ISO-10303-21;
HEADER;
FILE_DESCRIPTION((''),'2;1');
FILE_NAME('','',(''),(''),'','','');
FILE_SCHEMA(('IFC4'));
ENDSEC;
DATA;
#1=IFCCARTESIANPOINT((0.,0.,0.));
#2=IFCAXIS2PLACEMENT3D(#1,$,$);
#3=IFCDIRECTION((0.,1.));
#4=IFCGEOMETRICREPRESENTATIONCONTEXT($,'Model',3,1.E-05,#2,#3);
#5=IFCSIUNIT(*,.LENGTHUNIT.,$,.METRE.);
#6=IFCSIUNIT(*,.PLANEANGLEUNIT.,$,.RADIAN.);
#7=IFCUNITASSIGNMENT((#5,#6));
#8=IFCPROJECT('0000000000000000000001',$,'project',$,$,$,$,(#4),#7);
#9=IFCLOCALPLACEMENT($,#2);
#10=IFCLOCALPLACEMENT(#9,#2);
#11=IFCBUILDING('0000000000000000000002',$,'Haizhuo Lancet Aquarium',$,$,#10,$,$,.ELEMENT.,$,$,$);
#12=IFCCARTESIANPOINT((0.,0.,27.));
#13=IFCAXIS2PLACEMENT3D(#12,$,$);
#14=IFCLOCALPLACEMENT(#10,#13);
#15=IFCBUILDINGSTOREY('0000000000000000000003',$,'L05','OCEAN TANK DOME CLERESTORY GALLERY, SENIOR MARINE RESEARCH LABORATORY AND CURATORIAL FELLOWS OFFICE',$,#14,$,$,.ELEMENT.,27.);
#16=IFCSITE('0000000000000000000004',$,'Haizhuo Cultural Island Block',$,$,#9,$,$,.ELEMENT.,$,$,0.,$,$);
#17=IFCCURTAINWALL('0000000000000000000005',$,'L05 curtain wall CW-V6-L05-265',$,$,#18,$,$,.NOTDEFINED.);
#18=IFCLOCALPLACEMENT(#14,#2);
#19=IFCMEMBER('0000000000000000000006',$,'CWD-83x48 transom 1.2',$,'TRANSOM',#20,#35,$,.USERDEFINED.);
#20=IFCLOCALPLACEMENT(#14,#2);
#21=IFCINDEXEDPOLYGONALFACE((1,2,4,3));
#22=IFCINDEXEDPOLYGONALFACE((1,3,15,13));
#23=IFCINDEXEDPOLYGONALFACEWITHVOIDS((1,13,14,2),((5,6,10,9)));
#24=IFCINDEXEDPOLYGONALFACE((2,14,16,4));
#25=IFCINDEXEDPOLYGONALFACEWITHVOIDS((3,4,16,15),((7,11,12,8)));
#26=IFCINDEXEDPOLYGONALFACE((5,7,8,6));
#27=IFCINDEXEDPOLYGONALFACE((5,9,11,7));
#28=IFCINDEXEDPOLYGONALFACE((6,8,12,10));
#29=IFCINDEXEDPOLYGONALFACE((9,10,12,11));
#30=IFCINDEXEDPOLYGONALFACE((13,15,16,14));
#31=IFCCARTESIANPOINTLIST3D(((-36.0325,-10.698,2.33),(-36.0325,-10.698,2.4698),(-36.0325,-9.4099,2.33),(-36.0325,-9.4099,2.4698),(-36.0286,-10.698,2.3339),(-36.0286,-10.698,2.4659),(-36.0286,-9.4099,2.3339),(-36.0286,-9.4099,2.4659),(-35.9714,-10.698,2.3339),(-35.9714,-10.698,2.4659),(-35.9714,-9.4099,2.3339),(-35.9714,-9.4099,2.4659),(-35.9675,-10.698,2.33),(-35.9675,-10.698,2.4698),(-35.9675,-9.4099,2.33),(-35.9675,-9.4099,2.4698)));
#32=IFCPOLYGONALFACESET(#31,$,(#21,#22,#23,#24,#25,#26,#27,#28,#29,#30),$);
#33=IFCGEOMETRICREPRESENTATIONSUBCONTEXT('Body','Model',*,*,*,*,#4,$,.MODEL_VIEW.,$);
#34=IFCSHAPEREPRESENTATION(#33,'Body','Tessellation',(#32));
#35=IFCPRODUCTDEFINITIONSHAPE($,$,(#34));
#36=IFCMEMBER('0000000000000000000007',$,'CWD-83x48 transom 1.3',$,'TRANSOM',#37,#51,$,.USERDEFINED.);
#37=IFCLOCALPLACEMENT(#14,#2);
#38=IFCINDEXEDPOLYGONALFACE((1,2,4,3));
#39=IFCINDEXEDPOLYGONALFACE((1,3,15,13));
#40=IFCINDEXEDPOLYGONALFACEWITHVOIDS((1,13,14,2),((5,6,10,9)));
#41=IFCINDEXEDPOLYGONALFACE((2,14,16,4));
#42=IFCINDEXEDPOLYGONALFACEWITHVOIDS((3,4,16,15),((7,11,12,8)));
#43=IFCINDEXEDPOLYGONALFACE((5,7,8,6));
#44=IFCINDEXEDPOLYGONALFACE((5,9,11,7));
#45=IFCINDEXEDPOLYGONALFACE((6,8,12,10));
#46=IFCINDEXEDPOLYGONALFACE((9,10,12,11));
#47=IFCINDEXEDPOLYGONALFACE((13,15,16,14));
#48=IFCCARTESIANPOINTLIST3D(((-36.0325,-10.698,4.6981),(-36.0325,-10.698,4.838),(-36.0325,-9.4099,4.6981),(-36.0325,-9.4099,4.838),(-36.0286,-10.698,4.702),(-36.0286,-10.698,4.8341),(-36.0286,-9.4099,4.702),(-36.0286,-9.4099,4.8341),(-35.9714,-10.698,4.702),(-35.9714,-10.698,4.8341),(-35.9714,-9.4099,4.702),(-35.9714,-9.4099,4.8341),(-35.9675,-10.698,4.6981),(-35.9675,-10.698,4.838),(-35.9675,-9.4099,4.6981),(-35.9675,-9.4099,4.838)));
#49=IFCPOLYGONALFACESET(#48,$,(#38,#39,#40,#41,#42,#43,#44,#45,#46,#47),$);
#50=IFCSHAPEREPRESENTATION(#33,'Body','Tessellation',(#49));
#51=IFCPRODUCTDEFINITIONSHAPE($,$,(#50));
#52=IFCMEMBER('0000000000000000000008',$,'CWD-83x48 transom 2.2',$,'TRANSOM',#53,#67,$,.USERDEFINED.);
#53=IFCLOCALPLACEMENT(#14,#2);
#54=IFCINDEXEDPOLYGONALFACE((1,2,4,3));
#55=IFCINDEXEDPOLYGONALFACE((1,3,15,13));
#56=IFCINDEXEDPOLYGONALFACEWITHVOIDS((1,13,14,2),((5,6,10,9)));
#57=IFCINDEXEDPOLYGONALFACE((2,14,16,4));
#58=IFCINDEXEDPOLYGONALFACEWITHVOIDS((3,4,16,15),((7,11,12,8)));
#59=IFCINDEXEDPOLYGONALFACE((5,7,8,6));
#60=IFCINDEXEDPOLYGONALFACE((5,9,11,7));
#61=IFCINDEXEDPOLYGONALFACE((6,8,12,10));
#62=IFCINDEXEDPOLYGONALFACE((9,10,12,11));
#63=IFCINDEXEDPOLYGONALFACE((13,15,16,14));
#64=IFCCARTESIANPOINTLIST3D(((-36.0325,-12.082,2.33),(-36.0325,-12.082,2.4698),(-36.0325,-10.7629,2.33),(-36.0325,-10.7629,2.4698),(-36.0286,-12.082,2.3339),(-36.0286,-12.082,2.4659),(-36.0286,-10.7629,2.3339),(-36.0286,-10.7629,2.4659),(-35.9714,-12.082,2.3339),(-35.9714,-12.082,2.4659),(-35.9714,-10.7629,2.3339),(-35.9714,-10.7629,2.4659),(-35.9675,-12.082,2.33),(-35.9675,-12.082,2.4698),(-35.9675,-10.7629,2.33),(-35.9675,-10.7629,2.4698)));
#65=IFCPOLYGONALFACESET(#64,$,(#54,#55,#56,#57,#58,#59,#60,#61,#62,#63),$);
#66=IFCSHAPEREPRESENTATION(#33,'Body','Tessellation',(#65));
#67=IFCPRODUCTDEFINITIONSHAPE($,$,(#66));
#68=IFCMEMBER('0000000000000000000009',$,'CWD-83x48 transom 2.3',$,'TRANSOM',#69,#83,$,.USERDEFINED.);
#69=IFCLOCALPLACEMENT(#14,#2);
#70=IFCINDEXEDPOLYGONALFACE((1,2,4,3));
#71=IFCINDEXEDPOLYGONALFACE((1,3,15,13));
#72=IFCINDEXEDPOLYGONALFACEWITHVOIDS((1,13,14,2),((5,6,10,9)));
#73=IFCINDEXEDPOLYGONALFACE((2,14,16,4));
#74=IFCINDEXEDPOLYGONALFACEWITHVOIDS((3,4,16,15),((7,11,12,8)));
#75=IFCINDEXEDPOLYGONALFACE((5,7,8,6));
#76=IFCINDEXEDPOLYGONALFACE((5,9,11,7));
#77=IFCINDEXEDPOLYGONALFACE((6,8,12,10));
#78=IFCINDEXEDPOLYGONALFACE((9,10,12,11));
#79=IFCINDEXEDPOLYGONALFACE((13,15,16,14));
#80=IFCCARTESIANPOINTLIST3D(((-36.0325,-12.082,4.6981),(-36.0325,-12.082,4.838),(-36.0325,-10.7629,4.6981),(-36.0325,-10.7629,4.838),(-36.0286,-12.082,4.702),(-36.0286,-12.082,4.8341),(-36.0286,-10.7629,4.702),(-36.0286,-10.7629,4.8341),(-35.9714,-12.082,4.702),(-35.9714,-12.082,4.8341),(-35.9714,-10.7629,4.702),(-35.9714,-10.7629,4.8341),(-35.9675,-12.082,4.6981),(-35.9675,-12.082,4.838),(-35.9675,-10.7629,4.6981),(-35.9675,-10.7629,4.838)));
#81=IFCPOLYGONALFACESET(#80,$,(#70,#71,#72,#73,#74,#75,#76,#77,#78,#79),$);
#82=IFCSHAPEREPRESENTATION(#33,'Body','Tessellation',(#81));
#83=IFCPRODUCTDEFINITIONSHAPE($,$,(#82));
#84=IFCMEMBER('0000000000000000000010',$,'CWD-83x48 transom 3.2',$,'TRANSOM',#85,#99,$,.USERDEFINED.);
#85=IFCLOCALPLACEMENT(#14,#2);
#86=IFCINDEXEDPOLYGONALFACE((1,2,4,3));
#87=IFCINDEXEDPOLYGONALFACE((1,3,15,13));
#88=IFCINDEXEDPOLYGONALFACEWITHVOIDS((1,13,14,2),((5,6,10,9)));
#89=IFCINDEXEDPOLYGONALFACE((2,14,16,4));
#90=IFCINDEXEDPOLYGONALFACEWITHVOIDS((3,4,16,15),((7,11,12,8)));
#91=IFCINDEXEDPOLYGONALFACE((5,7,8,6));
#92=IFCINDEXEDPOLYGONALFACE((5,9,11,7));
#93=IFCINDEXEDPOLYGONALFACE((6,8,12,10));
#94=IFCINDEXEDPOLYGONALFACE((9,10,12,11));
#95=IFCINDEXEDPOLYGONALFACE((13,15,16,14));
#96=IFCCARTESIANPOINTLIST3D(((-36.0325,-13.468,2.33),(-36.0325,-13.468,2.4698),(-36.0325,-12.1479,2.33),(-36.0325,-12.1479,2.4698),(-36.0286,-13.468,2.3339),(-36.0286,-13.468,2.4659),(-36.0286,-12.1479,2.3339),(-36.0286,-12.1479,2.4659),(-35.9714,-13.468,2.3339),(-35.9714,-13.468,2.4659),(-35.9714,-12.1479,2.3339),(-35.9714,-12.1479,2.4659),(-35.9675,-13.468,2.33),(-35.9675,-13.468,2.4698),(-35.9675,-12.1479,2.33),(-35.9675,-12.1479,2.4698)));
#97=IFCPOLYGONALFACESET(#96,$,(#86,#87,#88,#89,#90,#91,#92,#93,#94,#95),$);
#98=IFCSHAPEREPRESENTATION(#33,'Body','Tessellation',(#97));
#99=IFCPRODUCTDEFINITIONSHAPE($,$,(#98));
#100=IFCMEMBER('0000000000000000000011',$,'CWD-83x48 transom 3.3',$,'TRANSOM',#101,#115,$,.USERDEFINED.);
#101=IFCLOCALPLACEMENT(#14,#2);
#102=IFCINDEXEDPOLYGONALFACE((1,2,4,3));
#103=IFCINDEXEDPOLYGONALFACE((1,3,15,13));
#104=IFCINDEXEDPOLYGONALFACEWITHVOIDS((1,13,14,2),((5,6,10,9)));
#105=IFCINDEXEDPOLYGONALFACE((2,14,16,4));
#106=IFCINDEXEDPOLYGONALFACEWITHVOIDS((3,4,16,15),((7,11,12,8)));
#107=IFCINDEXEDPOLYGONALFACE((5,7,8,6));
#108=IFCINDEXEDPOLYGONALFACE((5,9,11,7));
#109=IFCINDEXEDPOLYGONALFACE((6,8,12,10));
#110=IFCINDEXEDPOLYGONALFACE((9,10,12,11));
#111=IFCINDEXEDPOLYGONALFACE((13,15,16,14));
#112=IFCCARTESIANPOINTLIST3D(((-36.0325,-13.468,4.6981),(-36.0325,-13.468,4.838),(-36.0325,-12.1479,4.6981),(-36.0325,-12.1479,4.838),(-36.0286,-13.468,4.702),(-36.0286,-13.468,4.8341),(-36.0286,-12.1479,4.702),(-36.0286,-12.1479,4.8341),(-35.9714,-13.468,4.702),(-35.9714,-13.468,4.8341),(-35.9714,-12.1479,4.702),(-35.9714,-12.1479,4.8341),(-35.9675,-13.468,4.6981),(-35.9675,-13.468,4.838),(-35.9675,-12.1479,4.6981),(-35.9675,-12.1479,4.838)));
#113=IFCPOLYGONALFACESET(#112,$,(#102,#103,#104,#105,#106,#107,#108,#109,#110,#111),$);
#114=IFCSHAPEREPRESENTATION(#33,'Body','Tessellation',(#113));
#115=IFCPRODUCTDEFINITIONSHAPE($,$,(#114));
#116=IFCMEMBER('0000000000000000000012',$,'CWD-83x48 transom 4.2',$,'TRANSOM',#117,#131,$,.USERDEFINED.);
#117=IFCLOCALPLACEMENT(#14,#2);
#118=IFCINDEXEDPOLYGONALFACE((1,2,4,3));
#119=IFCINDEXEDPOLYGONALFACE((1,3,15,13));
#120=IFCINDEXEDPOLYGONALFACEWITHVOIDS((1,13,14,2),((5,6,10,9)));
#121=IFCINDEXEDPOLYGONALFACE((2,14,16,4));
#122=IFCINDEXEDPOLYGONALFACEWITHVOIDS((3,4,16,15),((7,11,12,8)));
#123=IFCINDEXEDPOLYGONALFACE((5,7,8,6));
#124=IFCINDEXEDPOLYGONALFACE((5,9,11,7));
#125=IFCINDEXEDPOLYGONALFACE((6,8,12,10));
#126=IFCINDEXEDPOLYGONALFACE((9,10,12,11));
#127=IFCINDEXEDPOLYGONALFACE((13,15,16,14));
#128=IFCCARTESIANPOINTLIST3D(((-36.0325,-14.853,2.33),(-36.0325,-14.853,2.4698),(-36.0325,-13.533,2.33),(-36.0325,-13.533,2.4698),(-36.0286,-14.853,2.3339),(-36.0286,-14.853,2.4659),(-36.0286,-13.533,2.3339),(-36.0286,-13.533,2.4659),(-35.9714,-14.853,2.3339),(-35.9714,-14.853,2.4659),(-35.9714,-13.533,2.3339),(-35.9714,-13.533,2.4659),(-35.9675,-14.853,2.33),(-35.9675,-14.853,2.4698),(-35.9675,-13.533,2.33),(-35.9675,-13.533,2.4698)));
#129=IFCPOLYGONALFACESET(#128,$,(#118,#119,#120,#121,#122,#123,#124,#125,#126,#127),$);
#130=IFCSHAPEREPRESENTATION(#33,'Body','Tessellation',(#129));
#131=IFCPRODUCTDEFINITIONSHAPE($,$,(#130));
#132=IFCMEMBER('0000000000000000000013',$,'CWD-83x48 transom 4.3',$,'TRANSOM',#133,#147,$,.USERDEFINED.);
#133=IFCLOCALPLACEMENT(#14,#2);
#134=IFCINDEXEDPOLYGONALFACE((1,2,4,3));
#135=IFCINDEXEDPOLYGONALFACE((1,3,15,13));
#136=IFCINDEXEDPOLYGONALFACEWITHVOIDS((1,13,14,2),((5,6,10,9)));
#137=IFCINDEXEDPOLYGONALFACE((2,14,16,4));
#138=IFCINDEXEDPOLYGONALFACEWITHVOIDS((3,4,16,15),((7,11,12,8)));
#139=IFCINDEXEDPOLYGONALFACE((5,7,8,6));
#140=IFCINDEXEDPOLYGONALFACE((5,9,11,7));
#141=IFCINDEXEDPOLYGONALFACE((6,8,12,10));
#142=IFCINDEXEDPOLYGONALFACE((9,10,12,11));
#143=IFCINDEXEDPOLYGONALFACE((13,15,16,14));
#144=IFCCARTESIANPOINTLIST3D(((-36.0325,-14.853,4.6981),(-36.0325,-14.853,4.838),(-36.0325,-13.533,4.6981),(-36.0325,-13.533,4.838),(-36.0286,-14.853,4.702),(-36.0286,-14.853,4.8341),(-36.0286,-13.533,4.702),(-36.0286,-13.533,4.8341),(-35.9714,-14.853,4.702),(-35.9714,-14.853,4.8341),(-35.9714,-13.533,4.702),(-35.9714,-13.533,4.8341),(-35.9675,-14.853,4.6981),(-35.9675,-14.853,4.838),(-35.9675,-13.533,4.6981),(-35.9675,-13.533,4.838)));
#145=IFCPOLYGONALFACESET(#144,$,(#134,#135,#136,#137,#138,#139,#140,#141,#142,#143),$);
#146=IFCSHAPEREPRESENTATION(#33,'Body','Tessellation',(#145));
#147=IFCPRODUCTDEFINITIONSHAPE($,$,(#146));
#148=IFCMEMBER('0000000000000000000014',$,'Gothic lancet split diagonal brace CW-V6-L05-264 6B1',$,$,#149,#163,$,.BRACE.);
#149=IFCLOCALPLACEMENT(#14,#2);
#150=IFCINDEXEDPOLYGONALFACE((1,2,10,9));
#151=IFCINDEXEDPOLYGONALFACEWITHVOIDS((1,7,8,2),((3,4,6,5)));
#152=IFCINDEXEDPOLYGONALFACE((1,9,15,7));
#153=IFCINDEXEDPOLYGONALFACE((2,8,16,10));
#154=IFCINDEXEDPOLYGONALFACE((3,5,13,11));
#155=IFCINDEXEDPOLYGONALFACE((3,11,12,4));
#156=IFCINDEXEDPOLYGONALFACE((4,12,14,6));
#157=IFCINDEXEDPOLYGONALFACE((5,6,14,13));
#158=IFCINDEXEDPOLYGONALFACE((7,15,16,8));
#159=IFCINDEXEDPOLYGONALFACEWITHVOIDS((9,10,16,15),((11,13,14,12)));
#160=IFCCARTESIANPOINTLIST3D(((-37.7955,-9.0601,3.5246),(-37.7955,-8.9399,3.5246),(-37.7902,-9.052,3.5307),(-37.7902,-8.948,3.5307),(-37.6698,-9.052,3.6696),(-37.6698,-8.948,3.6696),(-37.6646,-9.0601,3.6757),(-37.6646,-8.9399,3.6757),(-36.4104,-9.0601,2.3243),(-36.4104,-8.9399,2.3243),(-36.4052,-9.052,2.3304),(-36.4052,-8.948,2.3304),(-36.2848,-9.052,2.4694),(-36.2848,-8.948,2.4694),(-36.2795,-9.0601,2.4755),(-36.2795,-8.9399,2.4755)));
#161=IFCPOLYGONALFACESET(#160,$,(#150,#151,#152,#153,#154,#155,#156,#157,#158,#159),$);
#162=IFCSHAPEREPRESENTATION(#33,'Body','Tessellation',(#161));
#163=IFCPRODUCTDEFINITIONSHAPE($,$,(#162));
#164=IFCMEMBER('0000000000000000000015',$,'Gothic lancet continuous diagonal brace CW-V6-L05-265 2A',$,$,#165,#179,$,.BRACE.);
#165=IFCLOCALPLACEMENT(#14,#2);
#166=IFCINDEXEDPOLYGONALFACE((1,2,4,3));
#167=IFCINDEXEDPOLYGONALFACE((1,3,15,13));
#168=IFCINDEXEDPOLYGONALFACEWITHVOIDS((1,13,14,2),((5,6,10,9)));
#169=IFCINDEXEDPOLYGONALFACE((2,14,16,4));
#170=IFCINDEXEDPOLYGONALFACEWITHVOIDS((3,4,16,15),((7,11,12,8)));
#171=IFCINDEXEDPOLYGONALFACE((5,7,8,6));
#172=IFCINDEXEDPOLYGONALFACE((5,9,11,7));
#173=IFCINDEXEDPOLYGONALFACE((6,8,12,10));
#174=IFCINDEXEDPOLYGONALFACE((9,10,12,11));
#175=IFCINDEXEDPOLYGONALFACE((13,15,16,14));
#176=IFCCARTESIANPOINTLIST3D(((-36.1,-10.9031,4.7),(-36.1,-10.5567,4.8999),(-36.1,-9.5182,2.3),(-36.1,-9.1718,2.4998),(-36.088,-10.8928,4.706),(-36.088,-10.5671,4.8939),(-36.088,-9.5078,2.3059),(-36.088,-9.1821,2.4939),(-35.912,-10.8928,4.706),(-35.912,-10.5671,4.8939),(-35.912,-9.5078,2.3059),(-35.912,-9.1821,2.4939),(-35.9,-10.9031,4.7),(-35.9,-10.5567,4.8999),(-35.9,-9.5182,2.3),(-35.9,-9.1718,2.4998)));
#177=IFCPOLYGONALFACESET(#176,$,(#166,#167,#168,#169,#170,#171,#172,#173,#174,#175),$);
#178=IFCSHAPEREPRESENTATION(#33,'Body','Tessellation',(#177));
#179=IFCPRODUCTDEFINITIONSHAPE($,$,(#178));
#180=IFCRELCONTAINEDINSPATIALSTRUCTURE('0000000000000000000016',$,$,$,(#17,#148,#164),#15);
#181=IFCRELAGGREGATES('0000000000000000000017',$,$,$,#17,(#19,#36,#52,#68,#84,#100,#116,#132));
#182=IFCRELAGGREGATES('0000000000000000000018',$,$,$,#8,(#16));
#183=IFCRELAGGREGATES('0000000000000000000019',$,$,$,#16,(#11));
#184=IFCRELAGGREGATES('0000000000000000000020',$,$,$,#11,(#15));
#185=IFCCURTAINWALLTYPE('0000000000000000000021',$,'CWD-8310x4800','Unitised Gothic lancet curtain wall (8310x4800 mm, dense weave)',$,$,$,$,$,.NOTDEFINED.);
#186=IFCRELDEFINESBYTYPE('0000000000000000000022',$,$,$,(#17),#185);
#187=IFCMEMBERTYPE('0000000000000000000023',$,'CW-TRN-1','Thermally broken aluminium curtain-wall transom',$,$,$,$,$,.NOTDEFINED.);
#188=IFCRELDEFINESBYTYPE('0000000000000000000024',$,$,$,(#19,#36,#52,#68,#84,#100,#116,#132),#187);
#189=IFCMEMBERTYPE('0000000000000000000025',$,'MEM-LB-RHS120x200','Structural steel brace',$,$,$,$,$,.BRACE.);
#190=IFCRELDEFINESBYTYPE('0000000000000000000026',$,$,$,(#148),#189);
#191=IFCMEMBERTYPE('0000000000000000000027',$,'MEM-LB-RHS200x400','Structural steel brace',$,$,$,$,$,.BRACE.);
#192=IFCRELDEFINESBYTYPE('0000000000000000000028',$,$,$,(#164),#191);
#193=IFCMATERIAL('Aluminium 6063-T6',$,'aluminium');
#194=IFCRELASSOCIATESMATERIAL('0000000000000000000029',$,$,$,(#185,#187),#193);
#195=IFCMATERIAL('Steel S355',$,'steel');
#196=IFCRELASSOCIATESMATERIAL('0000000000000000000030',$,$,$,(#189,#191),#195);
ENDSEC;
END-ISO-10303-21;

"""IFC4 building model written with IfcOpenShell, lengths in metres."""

from ifc_helpers import new_model, si_unit, direction, frame, origin, origin_2d, place, context, subcontext, project, spatial, hollow_rectangle, extrude, material, material_profile, profile_set, type_object, element, aggregate, save


model = new_model("IFC4")

# Units and contexts
model_context = context("Model", 3, precision=1e-05, world=origin(), true_north=direction((0.0, 1.0)))
body_context = subcontext(model_context, "Body", "Model", "MODEL_VIEW")
ifc_project = project(units=[si_unit("LENGTHUNIT", "METRE"), si_unit("PLANEANGLEUNIT", "RADIAN")], contexts=[model_context])

# Site, building, storey
site_placement = place(None, origin())
site = spatial("IfcSite", under=ifc_project, at=site_placement, Name="Haizhuo Cultural Island Block", CompositionType="ELEMENT", RefElevation=0.0)
building_placement = place(site_placement, origin())
building = spatial("IfcBuilding", under=site, at=building_placement, Name="Haizhuo Lancet Aquarium", CompositionType="ELEMENT")
storey_placement = place(building_placement, frame((0.0, 0.0, 27.0)))
storey = spatial("IfcBuildingStorey", under=building, at=storey_placement, Name="L05", Description="OCEAN TANK DOME CLERESTORY GALLERY, SENIOR MARINE RESEARCH LABORATORY AND CURATORIAL FELLOWS OFFICE", CompositionType="ELEMENT", Elevation=27.0)

# Curtain wall, members
ifc_material_1 = material(Name="Aluminium 6063-T6", Category="aluminium")
curtain_wall_type = type_object("IfcCurtainWallType", Name="CWD-8310x4800", Description="Unitised Gothic lancet curtain wall (8310x4800 mm, dense weave)", PredefinedType="NOTDEFINED", material=ifc_material_1)
curtain_wall_placement = place(storey_placement, origin())
curtain_wall = element("IfcCurtainWall", 1, at=curtain_wall_placement, inside=storey, type_object=curtain_wall_type, Name="L05 curtain wall CW-V6-L05-265", PredefinedType="NOTDEFINED")
ifc_material_profile_1 = material_profile(ifc_material_1, hollow_rectangle(XDim=0.0649, YDim=0.1399, WallThickness=0.0039, at=origin_2d()), Name="ALU-T 65x140x4")
ifc_profile_set_1 = profile_set([ifc_material_profile_1], Name="Aluminium 6063-T6")
member_type_1 = type_object("IfcMemberType", Name="CW-TRN-1", Description="Thermally broken aluminium curtain-wall transom", PredefinedType="NOTDEFINED", material=ifc_profile_set_1)
member_1_placement = place(storey_placement, frame((-36.0, -9.4099, 2.3999), z_axis=(0.0, -1.0, 0.0), x_axis=(1.0, 0.0, 0.0)))
member_1 = element("IfcMember", 2, at=member_1_placement, type_object=member_type_1, Name="CWD-83x48 transom 1.2", ObjectType="TRANSOM", PredefinedType="USERDEFINED", context=body_context, shape_type="SweptSolid", body=[
    extrude(hollow_rectangle(XDim=0.0649, YDim=0.1399, WallThickness=0.0039, at=origin_2d()), origin(), (0.0, 0.0, 1.0), 1.2881),
])
member_2_placement = place(storey_placement, frame((-36.0, -9.4099, 4.7681), z_axis=(0.0, -1.0, 0.0), x_axis=(1.0, 0.0, 0.0)))
member_2 = element("IfcMember", 3, at=member_2_placement, type_object=member_type_1, Name="CWD-83x48 transom 1.3", ObjectType="TRANSOM", PredefinedType="USERDEFINED", context=body_context, shape_type="SweptSolid", body=[
    extrude(hollow_rectangle(XDim=0.0649, YDim=0.1399, WallThickness=0.0039, at=origin_2d()), origin(), (0.0, 0.0, 1.0), 1.2881),
])
member_3_placement = place(storey_placement, frame((-36.0, -10.7629, 2.3999), z_axis=(0.0, -1.0, 0.0), x_axis=(1.0, 0.0, 0.0)))
member_3 = element("IfcMember", 4, at=member_3_placement, type_object=member_type_1, Name="CWD-83x48 transom 2.2", ObjectType="TRANSOM", PredefinedType="USERDEFINED", context=body_context, shape_type="SweptSolid", body=[
    extrude(hollow_rectangle(XDim=0.0649, YDim=0.1399, WallThickness=0.0039, at=origin_2d()), origin(), (0.0, 0.0, 1.0), 1.3191),
])
member_4_placement = place(storey_placement, frame((-36.0, -10.7629, 4.7681), z_axis=(0.0, -1.0, 0.0), x_axis=(1.0, 0.0, 0.0)))
member_4 = element("IfcMember", 5, at=member_4_placement, type_object=member_type_1, Name="CWD-83x48 transom 2.3", ObjectType="TRANSOM", PredefinedType="USERDEFINED", context=body_context, shape_type="SweptSolid", body=[
    extrude(hollow_rectangle(XDim=0.0649, YDim=0.1399, WallThickness=0.0039, at=origin_2d()), origin(), (0.0, 0.0, 1.0), 1.3191),
])
member_5_placement = place(storey_placement, frame((-36.0, -12.1479, 2.3999), z_axis=(0.0, -1.0, 0.0), x_axis=(1.0, 0.0, 0.0)))
member_5 = element("IfcMember", 6, at=member_5_placement, type_object=member_type_1, Name="CWD-83x48 transom 3.2", ObjectType="TRANSOM", PredefinedType="USERDEFINED", context=body_context, shape_type="SweptSolid", body=[
    extrude(hollow_rectangle(XDim=0.0649, YDim=0.1399, WallThickness=0.0039, at=origin_2d()), origin(), (0.0, 0.0, 1.0), 1.3201),
])
member_6_placement = place(storey_placement, frame((-36.0, -12.1479, 4.7681), z_axis=(0.0, -1.0, 0.0), x_axis=(1.0, 0.0, 0.0)))
member_6 = element("IfcMember", 7, at=member_6_placement, type_object=member_type_1, Name="CWD-83x48 transom 3.3", ObjectType="TRANSOM", PredefinedType="USERDEFINED", context=body_context, shape_type="SweptSolid", body=[
    extrude(hollow_rectangle(XDim=0.0649, YDim=0.1399, WallThickness=0.0039, at=origin_2d()), origin(), (0.0, 0.0, 1.0), 1.3201),
])
member_7_placement = place(storey_placement, frame((-36.0, -13.533, 2.3999), z_axis=(0.0, -1.0, 0.0), x_axis=(1.0, 0.0, 0.0)))
member_7 = element("IfcMember", 8, at=member_7_placement, type_object=member_type_1, Name="CWD-83x48 transom 4.2", ObjectType="TRANSOM", PredefinedType="USERDEFINED", context=body_context, shape_type="SweptSolid", body=[
    extrude(hollow_rectangle(XDim=0.0649, YDim=0.1399, WallThickness=0.0039, at=origin_2d()), origin(), (0.0, 0.0, 1.0), 1.3201),
])
member_8_placement = place(storey_placement, frame((-36.0, -13.533, 4.7681), z_axis=(0.0, -1.0, 0.0), x_axis=(1.0, 0.0, 0.0)))
member_8 = element("IfcMember", 9, at=member_8_placement, type_object=member_type_1, Name="CWD-83x48 transom 4.3", ObjectType="TRANSOM", PredefinedType="USERDEFINED", context=body_context, shape_type="SweptSolid", body=[
    extrude(hollow_rectangle(XDim=0.0649, YDim=0.1399, WallThickness=0.0039, at=origin_2d()), origin(), (0.0, 0.0, 1.0), 1.3201),
])

# Members
ifc_material_2 = material(Name="Steel S355", Category="steel")
ifc_material_profile_2 = material_profile(ifc_material_2, hollow_rectangle(XDim=0.1201, YDim=0.2, WallThickness=0.0081, at=origin_2d()), Name="RHS 120x200x8")
ifc_profile_set_2 = profile_set([ifc_material_profile_2], Name="Steel S355")
member_type_2 = type_object("IfcMemberType", Name="MEM-LB-RHS120x200", Description="Structural steel brace", PredefinedType="BRACE", material=ifc_profile_set_2)
member_9_placement = place(storey_placement, frame((-36.345, -9.0, 2.3999), z_axis=(-0.755729, 0.0, 0.654885), x_axis=(0.0, -1.0, 0.0)))
element("IfcMember", 10, at=member_9_placement, inside=storey, type_object=member_type_2, Name="Gothic lancet split diagonal brace CW-V6-L05-264 6B1", PredefinedType="BRACE", context=body_context, shape_type="SweptSolid", body=[
    extrude(hollow_rectangle(XDim=0.1201, YDim=0.2, WallThickness=0.0081, at=origin_2d()), origin(), (0.0, 0.0, 1.0), 1.8328),
])
ifc_material_profile_3 = material_profile(ifc_material_2, hollow_rectangle(XDim=0.2, YDim=0.3999, WallThickness=0.012, at=origin_2d()), Name="RHS 200x400x12")
ifc_profile_set_3 = profile_set([ifc_material_profile_3], Name="Steel S355")
member_type_3 = type_object("IfcMemberType", Name="MEM-LB-RHS200x400", Description="Structural steel brace", PredefinedType="BRACE", material=ifc_profile_set_3)
member_10_placement = place(storey_placement, frame((-36.0, -9.345, 2.3999), z_axis=(0.0, -0.499806, 0.866137), x_axis=(1.0, 0.0, 0.0)))
element("IfcMember", 11, at=member_10_placement, inside=storey, type_object=member_type_3, Name="Gothic lancet continuous diagonal brace CW-V6-L05-265 2A", PredefinedType="BRACE", context=body_context, shape_type="SweptSolid", body=[
    extrude(hollow_rectangle(XDim=0.2, YDim=0.3999, WallThickness=0.012, at=origin_2d()), origin(), (0.0, 0.0, 1.0), 2.771),
])

aggregate(curtain_wall, [member_1, member_2, member_3, member_4, member_5, member_6, member_7, member_8])

save(model, "model.ifc")
